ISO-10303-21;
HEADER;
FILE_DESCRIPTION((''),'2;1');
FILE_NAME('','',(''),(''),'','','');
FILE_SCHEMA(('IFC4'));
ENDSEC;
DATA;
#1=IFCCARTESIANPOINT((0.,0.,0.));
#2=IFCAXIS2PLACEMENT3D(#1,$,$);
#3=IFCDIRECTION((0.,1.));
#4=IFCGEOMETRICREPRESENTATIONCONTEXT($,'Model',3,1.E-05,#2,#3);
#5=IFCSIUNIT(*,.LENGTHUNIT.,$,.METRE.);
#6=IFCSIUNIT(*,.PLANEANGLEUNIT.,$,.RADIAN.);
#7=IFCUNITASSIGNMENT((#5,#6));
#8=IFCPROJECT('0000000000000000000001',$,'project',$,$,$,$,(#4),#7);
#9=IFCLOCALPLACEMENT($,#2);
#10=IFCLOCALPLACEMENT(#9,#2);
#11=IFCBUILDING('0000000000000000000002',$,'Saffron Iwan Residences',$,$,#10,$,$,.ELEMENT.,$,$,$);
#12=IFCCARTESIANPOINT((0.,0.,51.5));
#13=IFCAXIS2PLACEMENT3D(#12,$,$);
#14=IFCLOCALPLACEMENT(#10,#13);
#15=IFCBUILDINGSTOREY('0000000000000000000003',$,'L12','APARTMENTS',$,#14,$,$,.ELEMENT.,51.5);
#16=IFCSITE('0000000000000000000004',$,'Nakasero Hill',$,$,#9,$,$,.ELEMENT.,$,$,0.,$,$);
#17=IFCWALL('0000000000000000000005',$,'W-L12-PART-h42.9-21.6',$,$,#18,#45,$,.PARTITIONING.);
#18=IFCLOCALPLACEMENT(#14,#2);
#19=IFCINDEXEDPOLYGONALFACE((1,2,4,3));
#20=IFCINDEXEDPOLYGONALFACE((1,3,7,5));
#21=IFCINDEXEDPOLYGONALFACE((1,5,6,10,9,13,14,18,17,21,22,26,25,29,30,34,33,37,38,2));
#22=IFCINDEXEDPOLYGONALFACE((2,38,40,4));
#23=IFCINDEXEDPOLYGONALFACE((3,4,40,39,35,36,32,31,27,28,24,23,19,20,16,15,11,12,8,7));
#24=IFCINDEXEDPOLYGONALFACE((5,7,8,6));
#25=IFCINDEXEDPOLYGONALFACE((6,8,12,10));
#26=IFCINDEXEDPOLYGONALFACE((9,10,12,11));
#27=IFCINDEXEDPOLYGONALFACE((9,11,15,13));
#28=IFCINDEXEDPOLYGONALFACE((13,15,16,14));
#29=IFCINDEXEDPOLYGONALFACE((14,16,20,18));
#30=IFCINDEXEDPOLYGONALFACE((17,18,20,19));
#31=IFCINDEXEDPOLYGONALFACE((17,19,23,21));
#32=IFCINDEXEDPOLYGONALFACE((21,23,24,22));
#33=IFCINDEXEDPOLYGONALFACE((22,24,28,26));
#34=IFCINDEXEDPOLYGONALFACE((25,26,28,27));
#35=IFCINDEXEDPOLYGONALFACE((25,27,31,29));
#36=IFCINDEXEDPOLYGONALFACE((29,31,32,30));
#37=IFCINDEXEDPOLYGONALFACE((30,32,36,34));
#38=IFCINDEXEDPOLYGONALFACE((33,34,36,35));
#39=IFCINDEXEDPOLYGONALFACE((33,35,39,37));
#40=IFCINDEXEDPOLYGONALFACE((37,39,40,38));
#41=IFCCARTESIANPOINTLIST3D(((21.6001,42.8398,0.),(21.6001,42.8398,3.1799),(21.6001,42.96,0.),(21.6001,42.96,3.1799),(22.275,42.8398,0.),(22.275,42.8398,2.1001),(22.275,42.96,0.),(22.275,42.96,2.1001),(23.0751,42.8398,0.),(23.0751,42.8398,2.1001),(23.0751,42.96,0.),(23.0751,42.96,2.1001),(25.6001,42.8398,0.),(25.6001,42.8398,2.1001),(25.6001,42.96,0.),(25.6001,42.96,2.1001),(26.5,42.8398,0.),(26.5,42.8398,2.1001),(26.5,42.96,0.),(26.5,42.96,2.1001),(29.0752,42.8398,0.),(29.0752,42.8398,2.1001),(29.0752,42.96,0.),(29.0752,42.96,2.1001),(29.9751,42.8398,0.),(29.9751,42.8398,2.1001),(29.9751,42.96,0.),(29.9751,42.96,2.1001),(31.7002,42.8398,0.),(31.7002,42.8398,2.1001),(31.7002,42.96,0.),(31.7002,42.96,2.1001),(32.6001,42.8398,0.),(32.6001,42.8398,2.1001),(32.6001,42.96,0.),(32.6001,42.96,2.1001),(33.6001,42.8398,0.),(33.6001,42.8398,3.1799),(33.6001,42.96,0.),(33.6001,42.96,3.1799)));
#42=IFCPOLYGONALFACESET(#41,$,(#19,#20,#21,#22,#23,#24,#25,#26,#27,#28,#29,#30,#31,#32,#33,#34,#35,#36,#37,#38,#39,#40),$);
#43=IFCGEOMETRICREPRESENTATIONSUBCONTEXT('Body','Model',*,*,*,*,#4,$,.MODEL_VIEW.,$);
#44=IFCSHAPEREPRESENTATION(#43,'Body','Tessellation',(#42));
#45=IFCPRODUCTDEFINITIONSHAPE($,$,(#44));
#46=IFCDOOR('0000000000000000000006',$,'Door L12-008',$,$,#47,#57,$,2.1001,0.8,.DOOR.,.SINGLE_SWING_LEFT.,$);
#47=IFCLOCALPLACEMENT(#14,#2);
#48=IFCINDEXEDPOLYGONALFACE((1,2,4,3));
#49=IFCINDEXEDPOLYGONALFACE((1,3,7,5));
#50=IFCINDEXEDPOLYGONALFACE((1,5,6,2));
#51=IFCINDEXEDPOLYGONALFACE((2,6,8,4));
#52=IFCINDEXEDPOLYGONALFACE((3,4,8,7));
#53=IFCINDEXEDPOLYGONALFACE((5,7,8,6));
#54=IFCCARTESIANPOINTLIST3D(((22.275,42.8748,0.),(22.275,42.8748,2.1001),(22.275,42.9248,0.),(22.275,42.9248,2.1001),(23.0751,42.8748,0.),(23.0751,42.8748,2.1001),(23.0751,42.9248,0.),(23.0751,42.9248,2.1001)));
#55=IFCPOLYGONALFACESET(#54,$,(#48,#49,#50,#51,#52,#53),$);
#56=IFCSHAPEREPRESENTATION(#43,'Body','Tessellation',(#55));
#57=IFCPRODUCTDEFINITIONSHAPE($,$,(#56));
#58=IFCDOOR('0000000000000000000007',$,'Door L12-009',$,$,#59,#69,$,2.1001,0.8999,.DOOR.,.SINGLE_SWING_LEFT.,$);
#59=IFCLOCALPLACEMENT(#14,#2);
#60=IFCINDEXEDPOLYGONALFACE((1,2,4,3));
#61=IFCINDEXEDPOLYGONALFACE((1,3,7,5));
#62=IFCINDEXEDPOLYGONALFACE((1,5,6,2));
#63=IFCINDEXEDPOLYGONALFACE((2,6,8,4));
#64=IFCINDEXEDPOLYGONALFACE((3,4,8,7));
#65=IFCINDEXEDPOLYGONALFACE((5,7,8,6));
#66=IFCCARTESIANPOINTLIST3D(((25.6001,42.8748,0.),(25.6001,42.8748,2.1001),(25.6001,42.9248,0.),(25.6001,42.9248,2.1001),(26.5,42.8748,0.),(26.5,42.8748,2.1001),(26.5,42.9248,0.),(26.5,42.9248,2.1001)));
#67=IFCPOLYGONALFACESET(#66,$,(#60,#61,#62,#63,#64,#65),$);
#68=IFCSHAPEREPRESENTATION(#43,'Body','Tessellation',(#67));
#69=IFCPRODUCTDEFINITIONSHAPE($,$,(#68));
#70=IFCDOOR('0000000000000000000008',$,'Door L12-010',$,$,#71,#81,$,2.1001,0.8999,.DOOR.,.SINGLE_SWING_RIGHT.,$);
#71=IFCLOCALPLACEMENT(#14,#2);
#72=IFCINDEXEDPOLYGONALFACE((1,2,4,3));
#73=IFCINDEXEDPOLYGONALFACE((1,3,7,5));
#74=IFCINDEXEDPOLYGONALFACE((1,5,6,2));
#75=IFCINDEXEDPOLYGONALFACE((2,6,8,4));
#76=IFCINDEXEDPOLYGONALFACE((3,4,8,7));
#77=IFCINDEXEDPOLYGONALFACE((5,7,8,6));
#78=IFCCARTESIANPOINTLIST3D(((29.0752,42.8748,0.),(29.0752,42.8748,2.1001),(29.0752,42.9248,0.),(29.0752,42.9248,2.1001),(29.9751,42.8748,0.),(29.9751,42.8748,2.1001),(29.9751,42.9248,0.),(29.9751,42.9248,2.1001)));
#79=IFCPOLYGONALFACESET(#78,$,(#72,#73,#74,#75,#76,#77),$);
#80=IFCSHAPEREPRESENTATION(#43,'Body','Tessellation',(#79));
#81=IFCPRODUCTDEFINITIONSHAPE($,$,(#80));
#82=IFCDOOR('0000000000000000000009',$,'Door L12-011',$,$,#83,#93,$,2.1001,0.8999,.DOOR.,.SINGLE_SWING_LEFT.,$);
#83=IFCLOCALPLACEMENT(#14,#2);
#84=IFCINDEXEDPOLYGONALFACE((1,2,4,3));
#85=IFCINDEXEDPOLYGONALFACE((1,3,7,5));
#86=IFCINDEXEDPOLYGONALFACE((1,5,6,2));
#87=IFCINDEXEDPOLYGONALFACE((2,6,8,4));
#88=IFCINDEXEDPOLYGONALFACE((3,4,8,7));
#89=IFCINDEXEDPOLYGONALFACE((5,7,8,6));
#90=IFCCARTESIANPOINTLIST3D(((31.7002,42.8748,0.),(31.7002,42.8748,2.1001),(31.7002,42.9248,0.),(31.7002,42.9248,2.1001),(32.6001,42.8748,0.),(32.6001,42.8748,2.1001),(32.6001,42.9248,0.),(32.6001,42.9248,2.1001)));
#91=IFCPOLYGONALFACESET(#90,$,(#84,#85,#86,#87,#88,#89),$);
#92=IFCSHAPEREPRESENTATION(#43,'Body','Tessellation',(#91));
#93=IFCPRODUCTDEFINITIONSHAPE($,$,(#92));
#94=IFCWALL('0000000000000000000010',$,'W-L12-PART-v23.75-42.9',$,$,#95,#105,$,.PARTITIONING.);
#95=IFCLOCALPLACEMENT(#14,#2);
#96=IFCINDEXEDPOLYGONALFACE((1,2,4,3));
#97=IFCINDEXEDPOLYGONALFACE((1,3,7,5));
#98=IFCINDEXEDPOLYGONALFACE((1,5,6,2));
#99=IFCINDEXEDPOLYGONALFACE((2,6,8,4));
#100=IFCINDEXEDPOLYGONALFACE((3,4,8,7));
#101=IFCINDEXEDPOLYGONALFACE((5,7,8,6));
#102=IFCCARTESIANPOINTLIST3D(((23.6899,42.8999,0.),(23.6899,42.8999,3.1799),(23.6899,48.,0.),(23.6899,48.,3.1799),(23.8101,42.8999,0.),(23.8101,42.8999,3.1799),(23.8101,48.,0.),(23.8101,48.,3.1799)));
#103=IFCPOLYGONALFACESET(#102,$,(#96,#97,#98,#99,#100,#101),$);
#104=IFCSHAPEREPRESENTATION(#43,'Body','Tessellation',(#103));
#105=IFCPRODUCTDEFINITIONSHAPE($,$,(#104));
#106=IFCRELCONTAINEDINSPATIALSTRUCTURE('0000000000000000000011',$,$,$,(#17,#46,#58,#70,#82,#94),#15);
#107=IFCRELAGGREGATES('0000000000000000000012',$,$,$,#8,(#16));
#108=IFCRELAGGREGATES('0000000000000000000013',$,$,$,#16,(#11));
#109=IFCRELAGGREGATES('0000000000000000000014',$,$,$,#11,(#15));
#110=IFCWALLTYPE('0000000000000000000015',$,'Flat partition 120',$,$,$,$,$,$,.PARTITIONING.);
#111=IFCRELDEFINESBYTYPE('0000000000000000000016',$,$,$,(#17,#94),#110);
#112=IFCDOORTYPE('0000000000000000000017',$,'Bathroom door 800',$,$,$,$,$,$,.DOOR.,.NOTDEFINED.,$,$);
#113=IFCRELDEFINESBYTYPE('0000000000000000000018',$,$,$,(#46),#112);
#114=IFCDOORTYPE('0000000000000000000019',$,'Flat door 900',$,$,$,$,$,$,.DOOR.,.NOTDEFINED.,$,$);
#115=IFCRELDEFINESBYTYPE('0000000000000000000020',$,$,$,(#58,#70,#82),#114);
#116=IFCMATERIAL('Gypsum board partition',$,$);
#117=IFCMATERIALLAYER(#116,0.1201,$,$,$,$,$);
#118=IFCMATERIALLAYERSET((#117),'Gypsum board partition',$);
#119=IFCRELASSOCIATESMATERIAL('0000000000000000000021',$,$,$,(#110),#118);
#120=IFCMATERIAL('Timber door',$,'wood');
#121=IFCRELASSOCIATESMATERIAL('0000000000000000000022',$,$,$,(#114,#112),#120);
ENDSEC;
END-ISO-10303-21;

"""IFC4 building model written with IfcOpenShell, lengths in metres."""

from ifc_helpers import new_model, si_unit, direction, frame, frame_2d, origin, place, context, subcontext, project, spatial, rectangle, extrude, material, layer, layer_set, type_object, element, fill, save


model = new_model("IFC4")

# Units and contexts
model_context = context("Model", 3, precision=1e-05, world=origin(), true_north=direction((0.0, 1.0)))
body_context = subcontext(model_context, "Body", "Model", "MODEL_VIEW")
ifc_project = project(units=[si_unit("LENGTHUNIT", "METRE"), si_unit("PLANEANGLEUNIT", "RADIAN")], contexts=[model_context])

# Site, building, storey
site_placement = place(None, origin())
site = spatial("IfcSite", under=ifc_project, at=site_placement, Name="Nakasero Hill", CompositionType="ELEMENT", RefElevation=0.0)
building_placement = place(site_placement, origin())
building = spatial("IfcBuilding", under=site, at=building_placement, Name="Saffron Iwan Residences", CompositionType="ELEMENT")
storey_placement = place(building_placement, frame((0.0, 0.0, 51.5)))
storey = spatial("IfcBuildingStorey", under=building, at=storey_placement, Name="L12", Description="APARTMENTS", CompositionType="ELEMENT", Elevation=51.5)

# Shared definitions
ifc_material_1 = material(Name="Gypsum board partition")
ifc_layer_1 = layer(ifc_material_1, 0.1201)
ifc_layer_set_1 = layer_set([ifc_layer_1], Name="Gypsum board partition")
wall_type_1 = type_object("IfcWallType", Name="Flat partition 120", PredefinedType="PARTITIONING", material=ifc_layer_set_1)
ifc_material_2 = material(Name="Timber door", Category="wood")
door_type_1 = type_object("IfcDoorType", Name="Flat door 900", OperationType="NOTDEFINED", PredefinedType="DOOR", material=ifc_material_2)

# Wall, openings, doors
wall_1_placement = place(storey_placement, frame((21.6001, 42.8999, 0.0), z_axis=(0.0, 0.0, 1.0), x_axis=(1.0, 0.0, 0.0)))
wall_1 = element("IfcWall", 1, at=wall_1_placement, inside=storey, type_object=wall_type_1, Name="W-L12-PART-h42.9-21.6", PredefinedType="PARTITIONING", context=body_context, shape_type="SweptSolid", body=[
    extrude(rectangle(XDim=12.0, YDim=0.1201, at=frame_2d((6.0, 0.0))), origin(), (0.0, 0.0, 1.0), 3.1799),
])
opening_1_placement = place(wall_1_placement, frame((0.675, 0.0, 0.0)))
opening_1 = element("IfcOpeningElement", 2, at=opening_1_placement, cuts=wall_1, PredefinedType="OPENING", context=body_context, shape_type="SweptSolid", body=[
    extrude(rectangle(XDim=0.8, YDim=2.1001, at=frame_2d((0.3999, 1.05))), frame((0.0, 0.0701, 0.0), z_axis=(0.0, -1.0, 0.0), x_axis=(1.0, 0.0, 0.0)), (0.0, 0.0, 1.0), 0.1401),
])
opening_2_placement = place(wall_1_placement, frame((4.0, 0.0, 0.0)))
opening_2 = element("IfcOpeningElement", 3, at=opening_2_placement, cuts=wall_1, PredefinedType="OPENING", context=body_context, shape_type="SweptSolid", body=[
    extrude(rectangle(XDim=0.8999, YDim=2.1001, at=frame_2d((0.45, 1.05))), frame((0.0, 0.0701, 0.0), z_axis=(0.0, -1.0, 0.0), x_axis=(1.0, 0.0, 0.0)), (0.0, 0.0, 1.0), 0.1401),
])
opening_3_placement = place(wall_1_placement, frame((7.4751, 0.0, 0.0)))
opening_3 = element("IfcOpeningElement", 4, at=opening_3_placement, cuts=wall_1, PredefinedType="OPENING", context=body_context, shape_type="SweptSolid", body=[
    extrude(rectangle(XDim=0.8999, YDim=2.1001, at=frame_2d((0.45, 1.05))), frame((0.0, 0.0701, 0.0), z_axis=(0.0, -1.0, 0.0), x_axis=(1.0, 0.0, 0.0)), (0.0, 0.0, 1.0), 0.1401),
])
opening_4_placement = place(wall_1_placement, frame((10.1001, 0.0, 0.0)))
opening_4 = element("IfcOpeningElement", 5, at=opening_4_placement, cuts=wall_1, PredefinedType="OPENING", context=body_context, shape_type="SweptSolid", body=[
    extrude(rectangle(XDim=0.8999, YDim=2.1001, at=frame_2d((0.45, 1.05))), frame((0.0, 0.0701, 0.0), z_axis=(0.0, -1.0, 0.0), x_axis=(1.0, 0.0, 0.0)), (0.0, 0.0, 1.0), 0.1401),
])
door_type_2 = type_object("IfcDoorType", Name="Bathroom door 800", OperationType="NOTDEFINED", PredefinedType="DOOR", material=ifc_material_2)
door_1_placement = place(opening_1_placement, origin())
door_1 = element("IfcDoor", 6, at=door_1_placement, inside=storey, type_object=door_type_2, Name="Door L12-008", OperationType="SINGLE_SWING_LEFT", OverallHeight=2.1001, OverallWidth=0.8, PredefinedType="DOOR", context=body_context, shape_type="SweptSolid", body=[
    extrude(rectangle(XDim=0.8, YDim=2.1001, at=frame_2d((0.3999, 1.05))), frame((0.0, 0.0249, 0.0), z_axis=(0.0, -1.0, 0.0), x_axis=(1.0, 0.0, 0.0)), (0.0, 0.0, 1.0), 0.05),
])
fill(opening_1, door_1)
door_2_placement = place(opening_2_placement, origin())
door_2 = element("IfcDoor", 7, at=door_2_placement, inside=storey, type_object=door_type_1, Name="Door L12-009", OperationType="SINGLE_SWING_LEFT", OverallHeight=2.1001, OverallWidth=0.8999, PredefinedType="DOOR", context=body_context, shape_type="SweptSolid", body=[
    extrude(rectangle(XDim=0.8999, YDim=2.1001, at=frame_2d((0.45, 1.05))), frame((0.0, 0.0249, 0.0), z_axis=(0.0, -1.0, 0.0), x_axis=(1.0, 0.0, 0.0)), (0.0, 0.0, 1.0), 0.05),
])
fill(opening_2, door_2)
door_3_placement = place(opening_3_placement, origin())
door_3 = element("IfcDoor", 8, at=door_3_placement, inside=storey, type_object=door_type_1, Name="Door L12-010", OperationType="SINGLE_SWING_RIGHT", OverallHeight=2.1001, OverallWidth=0.8999, PredefinedType="DOOR", context=body_context, shape_type="SweptSolid", body=[
    extrude(rectangle(XDim=0.8999, YDim=2.1001, at=frame_2d((0.45, 1.05))), frame((0.0, 0.0249, 0.0), z_axis=(0.0, -1.0, 0.0), x_axis=(1.0, 0.0, 0.0)), (0.0, 0.0, 1.0), 0.05),
])
fill(opening_3, door_3)
door_4_placement = place(opening_4_placement, origin())
door_4 = element("IfcDoor", 9, at=door_4_placement, inside=storey, type_object=door_type_1, Name="Door L12-011", OperationType="SINGLE_SWING_LEFT", OverallHeight=2.1001, OverallWidth=0.8999, PredefinedType="DOOR", context=body_context, shape_type="SweptSolid", body=[
    extrude(rectangle(XDim=0.8999, YDim=2.1001, at=frame_2d((0.45, 1.05))), frame((0.0, 0.0249, 0.0), z_axis=(0.0, -1.0, 0.0), x_axis=(1.0, 0.0, 0.0)), (0.0, 0.0, 1.0), 0.05),
])
fill(opening_4, door_4)

# Wall
wall_2_placement = place(storey_placement, frame((23.75, 42.8999, 0.0), z_axis=(0.0, 0.0, 1.0), x_axis=(0.0, 1.0, 0.0)))
element("IfcWall", 10, at=wall_2_placement, inside=storey, type_object=wall_type_1, Name="W-L12-PART-v23.75-42.9", PredefinedType="PARTITIONING", context=body_context, shape_type="SweptSolid", body=[
    extrude(rectangle(XDim=5.1001, YDim=0.1201, at=frame_2d((2.55, 0.0))), origin(), (0.0, 0.0, 1.0), 3.1799),
])

save(model, "model.ifc")
